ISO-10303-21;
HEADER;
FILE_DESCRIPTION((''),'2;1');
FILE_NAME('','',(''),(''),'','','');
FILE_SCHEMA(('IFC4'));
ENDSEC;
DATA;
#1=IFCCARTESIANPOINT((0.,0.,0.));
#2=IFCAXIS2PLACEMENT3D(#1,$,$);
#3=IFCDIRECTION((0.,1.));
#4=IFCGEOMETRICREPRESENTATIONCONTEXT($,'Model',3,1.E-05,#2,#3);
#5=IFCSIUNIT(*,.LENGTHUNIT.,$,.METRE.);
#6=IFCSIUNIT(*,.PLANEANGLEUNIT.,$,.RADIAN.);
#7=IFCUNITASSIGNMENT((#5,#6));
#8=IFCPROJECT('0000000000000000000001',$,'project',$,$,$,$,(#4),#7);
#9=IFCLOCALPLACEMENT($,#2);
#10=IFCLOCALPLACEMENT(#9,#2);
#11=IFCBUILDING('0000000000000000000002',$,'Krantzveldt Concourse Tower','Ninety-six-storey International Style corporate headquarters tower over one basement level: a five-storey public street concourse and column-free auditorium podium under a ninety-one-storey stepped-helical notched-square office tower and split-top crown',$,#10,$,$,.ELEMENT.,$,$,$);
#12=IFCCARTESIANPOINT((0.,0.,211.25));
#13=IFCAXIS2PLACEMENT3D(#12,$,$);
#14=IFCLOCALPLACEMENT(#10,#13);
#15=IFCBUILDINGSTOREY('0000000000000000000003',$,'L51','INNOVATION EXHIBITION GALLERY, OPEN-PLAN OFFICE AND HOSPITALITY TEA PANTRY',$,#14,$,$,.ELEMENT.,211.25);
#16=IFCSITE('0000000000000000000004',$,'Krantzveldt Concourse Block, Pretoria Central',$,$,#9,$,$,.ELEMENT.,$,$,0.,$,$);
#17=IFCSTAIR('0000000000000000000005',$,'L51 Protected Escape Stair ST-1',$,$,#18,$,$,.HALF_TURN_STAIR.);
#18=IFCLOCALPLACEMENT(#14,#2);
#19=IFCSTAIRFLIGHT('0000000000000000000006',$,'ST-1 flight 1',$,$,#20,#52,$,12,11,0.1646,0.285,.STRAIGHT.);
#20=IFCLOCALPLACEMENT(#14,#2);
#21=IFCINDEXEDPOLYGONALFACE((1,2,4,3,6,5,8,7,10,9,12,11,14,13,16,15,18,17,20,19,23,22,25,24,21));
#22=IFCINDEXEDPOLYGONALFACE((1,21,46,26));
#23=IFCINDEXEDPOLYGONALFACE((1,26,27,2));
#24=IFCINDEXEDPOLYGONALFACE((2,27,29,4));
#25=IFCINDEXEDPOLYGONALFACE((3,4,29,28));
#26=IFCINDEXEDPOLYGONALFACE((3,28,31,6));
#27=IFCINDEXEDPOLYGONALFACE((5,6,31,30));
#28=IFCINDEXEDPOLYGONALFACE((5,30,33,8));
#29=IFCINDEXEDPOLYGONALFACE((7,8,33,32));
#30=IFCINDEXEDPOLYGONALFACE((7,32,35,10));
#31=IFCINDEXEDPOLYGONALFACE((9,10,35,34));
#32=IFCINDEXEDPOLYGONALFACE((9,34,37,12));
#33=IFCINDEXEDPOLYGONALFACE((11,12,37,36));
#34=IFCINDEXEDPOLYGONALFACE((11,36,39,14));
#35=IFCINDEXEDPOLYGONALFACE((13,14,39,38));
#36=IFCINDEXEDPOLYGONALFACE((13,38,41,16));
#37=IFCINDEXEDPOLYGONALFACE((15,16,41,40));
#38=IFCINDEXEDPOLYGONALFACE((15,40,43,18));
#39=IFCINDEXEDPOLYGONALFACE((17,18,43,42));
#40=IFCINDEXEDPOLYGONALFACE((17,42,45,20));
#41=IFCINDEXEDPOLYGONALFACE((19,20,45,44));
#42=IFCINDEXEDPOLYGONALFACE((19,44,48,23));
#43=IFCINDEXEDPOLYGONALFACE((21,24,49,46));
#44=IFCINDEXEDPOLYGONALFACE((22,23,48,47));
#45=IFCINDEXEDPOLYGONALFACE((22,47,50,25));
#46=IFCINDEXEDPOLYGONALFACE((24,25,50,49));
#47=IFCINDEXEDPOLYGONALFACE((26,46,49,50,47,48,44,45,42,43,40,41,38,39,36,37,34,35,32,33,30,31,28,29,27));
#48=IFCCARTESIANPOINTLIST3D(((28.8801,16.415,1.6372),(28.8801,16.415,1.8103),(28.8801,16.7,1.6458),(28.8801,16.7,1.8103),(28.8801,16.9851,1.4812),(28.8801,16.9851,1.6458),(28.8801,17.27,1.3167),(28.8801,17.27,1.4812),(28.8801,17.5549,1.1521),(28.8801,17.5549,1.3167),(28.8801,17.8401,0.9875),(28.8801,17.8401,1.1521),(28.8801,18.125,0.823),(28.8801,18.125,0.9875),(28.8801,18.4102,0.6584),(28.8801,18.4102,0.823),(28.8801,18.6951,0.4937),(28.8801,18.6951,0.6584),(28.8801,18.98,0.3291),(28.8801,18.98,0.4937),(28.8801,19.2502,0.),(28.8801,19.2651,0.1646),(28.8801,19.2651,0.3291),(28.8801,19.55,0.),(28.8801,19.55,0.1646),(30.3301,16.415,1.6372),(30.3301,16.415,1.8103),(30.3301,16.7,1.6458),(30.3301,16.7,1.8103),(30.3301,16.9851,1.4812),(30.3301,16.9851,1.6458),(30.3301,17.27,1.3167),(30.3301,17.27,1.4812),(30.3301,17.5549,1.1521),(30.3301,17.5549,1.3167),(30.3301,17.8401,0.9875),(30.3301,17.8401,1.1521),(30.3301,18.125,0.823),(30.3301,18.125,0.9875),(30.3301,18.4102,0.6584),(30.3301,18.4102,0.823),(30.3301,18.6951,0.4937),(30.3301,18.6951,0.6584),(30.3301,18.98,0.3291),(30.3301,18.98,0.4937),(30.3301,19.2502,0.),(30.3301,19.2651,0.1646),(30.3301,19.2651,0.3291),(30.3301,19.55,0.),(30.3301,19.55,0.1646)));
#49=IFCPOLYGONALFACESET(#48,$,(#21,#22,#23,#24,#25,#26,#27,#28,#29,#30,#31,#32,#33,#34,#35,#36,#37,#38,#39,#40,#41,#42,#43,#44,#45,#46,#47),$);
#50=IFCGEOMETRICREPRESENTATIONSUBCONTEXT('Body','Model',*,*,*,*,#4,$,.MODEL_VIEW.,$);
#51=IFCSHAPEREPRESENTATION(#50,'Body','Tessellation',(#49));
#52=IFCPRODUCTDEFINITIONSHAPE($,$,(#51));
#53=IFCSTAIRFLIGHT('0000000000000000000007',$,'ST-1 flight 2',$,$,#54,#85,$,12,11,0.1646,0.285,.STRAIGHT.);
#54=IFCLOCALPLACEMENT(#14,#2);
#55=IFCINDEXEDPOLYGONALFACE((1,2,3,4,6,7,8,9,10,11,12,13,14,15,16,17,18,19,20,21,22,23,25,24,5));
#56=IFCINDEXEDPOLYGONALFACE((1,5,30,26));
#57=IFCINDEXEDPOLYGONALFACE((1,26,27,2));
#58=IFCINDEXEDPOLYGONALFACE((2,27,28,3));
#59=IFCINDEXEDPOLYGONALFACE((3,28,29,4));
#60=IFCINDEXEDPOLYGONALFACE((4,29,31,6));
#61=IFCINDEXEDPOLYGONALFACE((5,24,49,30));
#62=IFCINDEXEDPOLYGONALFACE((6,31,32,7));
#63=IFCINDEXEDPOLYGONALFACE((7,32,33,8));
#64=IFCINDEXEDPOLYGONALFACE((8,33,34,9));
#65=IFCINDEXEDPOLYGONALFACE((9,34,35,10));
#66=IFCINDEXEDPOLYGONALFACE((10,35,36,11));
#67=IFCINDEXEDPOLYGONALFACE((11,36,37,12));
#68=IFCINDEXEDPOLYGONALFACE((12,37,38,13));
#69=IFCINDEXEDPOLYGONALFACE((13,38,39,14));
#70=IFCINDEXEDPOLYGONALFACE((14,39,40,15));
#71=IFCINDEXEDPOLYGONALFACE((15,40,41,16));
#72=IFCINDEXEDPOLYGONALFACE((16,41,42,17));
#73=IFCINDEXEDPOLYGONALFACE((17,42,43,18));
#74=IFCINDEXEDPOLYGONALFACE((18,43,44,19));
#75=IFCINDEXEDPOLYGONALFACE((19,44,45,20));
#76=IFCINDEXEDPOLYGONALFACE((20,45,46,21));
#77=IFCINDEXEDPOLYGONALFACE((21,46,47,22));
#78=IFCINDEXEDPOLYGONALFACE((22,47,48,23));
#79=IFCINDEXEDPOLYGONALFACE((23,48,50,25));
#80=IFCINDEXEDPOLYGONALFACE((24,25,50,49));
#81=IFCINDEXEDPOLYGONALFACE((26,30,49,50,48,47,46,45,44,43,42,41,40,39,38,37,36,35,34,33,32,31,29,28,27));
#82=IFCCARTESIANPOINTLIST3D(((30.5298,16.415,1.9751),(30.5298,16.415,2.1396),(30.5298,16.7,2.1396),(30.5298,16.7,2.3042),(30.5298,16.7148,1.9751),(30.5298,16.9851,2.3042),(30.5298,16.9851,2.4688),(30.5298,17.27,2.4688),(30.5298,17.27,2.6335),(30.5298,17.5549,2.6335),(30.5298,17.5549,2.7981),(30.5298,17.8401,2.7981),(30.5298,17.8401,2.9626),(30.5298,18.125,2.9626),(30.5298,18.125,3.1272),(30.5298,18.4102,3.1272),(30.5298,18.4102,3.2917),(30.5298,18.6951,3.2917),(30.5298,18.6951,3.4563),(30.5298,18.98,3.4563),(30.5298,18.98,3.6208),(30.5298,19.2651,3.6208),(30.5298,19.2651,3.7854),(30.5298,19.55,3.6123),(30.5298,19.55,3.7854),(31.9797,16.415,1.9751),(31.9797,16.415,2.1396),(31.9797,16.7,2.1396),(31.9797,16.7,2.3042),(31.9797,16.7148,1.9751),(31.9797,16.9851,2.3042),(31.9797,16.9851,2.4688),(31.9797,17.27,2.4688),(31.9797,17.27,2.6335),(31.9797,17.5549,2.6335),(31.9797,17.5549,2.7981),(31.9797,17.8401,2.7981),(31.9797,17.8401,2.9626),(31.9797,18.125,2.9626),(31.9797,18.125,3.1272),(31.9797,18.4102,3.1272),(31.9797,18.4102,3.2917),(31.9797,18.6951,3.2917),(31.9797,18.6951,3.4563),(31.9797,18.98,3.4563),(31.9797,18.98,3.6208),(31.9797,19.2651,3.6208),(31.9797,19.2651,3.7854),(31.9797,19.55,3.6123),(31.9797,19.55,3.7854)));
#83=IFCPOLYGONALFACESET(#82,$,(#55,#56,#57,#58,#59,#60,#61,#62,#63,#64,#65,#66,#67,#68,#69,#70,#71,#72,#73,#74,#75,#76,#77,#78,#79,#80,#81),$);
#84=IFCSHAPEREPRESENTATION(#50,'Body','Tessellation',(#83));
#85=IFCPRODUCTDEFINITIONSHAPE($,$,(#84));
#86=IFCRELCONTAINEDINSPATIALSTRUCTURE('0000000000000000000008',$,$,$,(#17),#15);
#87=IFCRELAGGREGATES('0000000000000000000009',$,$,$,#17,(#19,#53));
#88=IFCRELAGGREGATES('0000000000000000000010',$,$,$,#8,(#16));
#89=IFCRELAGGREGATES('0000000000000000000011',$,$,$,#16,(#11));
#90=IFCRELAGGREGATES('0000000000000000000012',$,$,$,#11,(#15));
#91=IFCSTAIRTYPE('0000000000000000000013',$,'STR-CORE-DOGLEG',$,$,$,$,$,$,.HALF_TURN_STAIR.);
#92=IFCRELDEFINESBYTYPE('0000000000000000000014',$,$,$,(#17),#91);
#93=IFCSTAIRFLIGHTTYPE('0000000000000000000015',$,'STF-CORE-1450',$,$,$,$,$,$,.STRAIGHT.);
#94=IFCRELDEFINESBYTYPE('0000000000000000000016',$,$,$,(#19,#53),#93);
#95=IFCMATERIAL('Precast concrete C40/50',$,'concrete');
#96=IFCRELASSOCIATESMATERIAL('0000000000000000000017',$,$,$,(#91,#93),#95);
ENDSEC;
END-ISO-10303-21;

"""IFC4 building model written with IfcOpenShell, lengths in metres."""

from ifc_helpers import new_model, si_unit, direction, frame, origin, place, context, subcontext, project, spatial, polyline, outline, extrude, material, type_object, element, aggregate, save


model = new_model("IFC4")

# Units and contexts
model_context = context("Model", 3, precision=1e-05, world=origin(), true_north=direction((0.0, 1.0)))
body_context = subcontext(model_context, "Body", "Model", "MODEL_VIEW")
ifc_project = project(units=[si_unit("LENGTHUNIT", "METRE"), si_unit("PLANEANGLEUNIT", "RADIAN")], contexts=[model_context])

# Site, building, storey
site_placement = place(None, origin())
site = spatial("IfcSite", under=ifc_project, at=site_placement, Name="Krantzveldt Concourse Block, Pretoria Central", CompositionType="ELEMENT", RefElevation=0.0)
building_placement = place(site_placement, origin())
building = spatial("IfcBuilding", under=site, at=building_placement, Name="Krantzveldt Concourse Tower", Description="Ninety-six-storey International Style corporate headquarters tower over one basement level: a five-storey public street concourse and column-free auditorium podium under a ninety-one-storey stepped-helical notched-square office tower and split-top crown", CompositionType="ELEMENT")
storey_placement = place(building_placement, frame((0.0, 0.0, 211.25)))
storey = spatial("IfcBuildingStorey", under=building, at=storey_placement, Name="L51", Description="INNOVATION EXHIBITION GALLERY, OPEN-PLAN OFFICE AND HOSPITALITY TEA PANTRY", CompositionType="ELEMENT", Elevation=211.25)

# Stair, stair flights
ifc_material_1 = material(Name="Precast concrete C40/50", Category="concrete")
stair_type = type_object("IfcStairType", Name="STR-CORE-DOGLEG", PredefinedType="HALF_TURN_STAIR", material=ifc_material_1)
stair_placement = place(storey_placement, origin())
stair = element("IfcStair", 1, at=stair_placement, inside=storey, type_object=stair_type, Name="L51 Protected Escape Stair ST-1", PredefinedType="HALF_TURN_STAIR")
stair_flight_type = type_object("IfcStairFlightType", Name="STF-CORE-1450", PredefinedType="STRAIGHT", material=ifc_material_1)
stair_flight_1_placement = place(storey_placement, frame((29.605, 19.55, 0.0), z_axis=(0.0, 0.0, 1.0), x_axis=(0.0, -1.0, 0.0)))
stair_flight_1 = element("IfcStairFlight", 2, at=stair_flight_1_placement, type_object=stair_flight_type, Name="ST-1 flight 1", NumberOfRisers=12, NumberOfTreads=11, PredefinedType="STRAIGHT", RiserHeight=0.1646, TreadLength=0.285, context=body_context, shape_type="SweptSolid", body=[
    extrude(outline(polyline([(0.0, 0.0), (0.0, 0.1646), (0.2849, 0.1646), (0.2849, 0.3291), (0.5701, 0.3291), (0.5701, 0.4937), (0.855, 0.4937), (0.855, 0.6584), (1.1399, 0.6584), (1.1399, 0.823), (1.425, 0.823), (1.425, 0.9875), (1.71, 0.9875), (1.71, 1.1521), (1.9951, 1.1521), (1.9951, 1.3167), (2.28, 1.3167), (2.28, 1.4812), (2.5649, 1.4812), (2.5649, 1.6458), (2.8501, 1.6458), (2.8501, 1.8103), (3.135, 1.8103), (3.135, 1.9751), (3.135, 1.6372), (0.2998, 0.0), (0.0, 0.0)])), frame((0.0, 0.7251, 0.0), z_axis=(0.0, -1.0, 0.0), x_axis=(1.0, 0.0, 0.0)), (0.0, 0.0, 1.0), 1.45),
])
stair_flight_2_placement = place(storey_placement, frame((31.2549, 16.415, 1.9751), z_axis=(0.0, 0.0, 1.0), x_axis=(0.0, 1.0, 0.0)))
stair_flight_2 = element("IfcStairFlight", 3, at=stair_flight_2_placement, type_object=stair_flight_type, Name="ST-1 flight 2", NumberOfRisers=12, NumberOfTreads=11, PredefinedType="STRAIGHT", RiserHeight=0.1646, TreadLength=0.285, context=body_context, shape_type="SweptSolid", body=[
    extrude(outline(polyline([(0.0, 0.0), (0.0, 0.1646), (0.2849, 0.1646), (0.2849, 0.3291), (0.5701, 0.3291), (0.5701, 0.4937), (0.855, 0.4937), (0.855, 0.6584), (1.1399, 0.6584), (1.1399, 0.823), (1.425, 0.823), (1.425, 0.9875), (1.71, 0.9875), (1.71, 1.1521), (1.9951, 1.1521), (1.9951, 1.3167), (2.28, 1.3167), (2.28, 1.4812), (2.5649, 1.4812), (2.5649, 1.6458), (2.8501, 1.6458), (2.8501, 1.8103), (3.135, 1.8103), (3.135, 1.9751), (3.135, 1.6372), (0.2998, 0.0), (0.0, 0.0)])), frame((0.0, 0.7251, 0.0), z_axis=(0.0, -1.0, 0.0), x_axis=(1.0, 0.0, 0.0)), (0.0, 0.0, 1.0), 1.45),
])
aggregate(stair, [stair_flight_1, stair_flight_2])

save(model, "model.ifc")
